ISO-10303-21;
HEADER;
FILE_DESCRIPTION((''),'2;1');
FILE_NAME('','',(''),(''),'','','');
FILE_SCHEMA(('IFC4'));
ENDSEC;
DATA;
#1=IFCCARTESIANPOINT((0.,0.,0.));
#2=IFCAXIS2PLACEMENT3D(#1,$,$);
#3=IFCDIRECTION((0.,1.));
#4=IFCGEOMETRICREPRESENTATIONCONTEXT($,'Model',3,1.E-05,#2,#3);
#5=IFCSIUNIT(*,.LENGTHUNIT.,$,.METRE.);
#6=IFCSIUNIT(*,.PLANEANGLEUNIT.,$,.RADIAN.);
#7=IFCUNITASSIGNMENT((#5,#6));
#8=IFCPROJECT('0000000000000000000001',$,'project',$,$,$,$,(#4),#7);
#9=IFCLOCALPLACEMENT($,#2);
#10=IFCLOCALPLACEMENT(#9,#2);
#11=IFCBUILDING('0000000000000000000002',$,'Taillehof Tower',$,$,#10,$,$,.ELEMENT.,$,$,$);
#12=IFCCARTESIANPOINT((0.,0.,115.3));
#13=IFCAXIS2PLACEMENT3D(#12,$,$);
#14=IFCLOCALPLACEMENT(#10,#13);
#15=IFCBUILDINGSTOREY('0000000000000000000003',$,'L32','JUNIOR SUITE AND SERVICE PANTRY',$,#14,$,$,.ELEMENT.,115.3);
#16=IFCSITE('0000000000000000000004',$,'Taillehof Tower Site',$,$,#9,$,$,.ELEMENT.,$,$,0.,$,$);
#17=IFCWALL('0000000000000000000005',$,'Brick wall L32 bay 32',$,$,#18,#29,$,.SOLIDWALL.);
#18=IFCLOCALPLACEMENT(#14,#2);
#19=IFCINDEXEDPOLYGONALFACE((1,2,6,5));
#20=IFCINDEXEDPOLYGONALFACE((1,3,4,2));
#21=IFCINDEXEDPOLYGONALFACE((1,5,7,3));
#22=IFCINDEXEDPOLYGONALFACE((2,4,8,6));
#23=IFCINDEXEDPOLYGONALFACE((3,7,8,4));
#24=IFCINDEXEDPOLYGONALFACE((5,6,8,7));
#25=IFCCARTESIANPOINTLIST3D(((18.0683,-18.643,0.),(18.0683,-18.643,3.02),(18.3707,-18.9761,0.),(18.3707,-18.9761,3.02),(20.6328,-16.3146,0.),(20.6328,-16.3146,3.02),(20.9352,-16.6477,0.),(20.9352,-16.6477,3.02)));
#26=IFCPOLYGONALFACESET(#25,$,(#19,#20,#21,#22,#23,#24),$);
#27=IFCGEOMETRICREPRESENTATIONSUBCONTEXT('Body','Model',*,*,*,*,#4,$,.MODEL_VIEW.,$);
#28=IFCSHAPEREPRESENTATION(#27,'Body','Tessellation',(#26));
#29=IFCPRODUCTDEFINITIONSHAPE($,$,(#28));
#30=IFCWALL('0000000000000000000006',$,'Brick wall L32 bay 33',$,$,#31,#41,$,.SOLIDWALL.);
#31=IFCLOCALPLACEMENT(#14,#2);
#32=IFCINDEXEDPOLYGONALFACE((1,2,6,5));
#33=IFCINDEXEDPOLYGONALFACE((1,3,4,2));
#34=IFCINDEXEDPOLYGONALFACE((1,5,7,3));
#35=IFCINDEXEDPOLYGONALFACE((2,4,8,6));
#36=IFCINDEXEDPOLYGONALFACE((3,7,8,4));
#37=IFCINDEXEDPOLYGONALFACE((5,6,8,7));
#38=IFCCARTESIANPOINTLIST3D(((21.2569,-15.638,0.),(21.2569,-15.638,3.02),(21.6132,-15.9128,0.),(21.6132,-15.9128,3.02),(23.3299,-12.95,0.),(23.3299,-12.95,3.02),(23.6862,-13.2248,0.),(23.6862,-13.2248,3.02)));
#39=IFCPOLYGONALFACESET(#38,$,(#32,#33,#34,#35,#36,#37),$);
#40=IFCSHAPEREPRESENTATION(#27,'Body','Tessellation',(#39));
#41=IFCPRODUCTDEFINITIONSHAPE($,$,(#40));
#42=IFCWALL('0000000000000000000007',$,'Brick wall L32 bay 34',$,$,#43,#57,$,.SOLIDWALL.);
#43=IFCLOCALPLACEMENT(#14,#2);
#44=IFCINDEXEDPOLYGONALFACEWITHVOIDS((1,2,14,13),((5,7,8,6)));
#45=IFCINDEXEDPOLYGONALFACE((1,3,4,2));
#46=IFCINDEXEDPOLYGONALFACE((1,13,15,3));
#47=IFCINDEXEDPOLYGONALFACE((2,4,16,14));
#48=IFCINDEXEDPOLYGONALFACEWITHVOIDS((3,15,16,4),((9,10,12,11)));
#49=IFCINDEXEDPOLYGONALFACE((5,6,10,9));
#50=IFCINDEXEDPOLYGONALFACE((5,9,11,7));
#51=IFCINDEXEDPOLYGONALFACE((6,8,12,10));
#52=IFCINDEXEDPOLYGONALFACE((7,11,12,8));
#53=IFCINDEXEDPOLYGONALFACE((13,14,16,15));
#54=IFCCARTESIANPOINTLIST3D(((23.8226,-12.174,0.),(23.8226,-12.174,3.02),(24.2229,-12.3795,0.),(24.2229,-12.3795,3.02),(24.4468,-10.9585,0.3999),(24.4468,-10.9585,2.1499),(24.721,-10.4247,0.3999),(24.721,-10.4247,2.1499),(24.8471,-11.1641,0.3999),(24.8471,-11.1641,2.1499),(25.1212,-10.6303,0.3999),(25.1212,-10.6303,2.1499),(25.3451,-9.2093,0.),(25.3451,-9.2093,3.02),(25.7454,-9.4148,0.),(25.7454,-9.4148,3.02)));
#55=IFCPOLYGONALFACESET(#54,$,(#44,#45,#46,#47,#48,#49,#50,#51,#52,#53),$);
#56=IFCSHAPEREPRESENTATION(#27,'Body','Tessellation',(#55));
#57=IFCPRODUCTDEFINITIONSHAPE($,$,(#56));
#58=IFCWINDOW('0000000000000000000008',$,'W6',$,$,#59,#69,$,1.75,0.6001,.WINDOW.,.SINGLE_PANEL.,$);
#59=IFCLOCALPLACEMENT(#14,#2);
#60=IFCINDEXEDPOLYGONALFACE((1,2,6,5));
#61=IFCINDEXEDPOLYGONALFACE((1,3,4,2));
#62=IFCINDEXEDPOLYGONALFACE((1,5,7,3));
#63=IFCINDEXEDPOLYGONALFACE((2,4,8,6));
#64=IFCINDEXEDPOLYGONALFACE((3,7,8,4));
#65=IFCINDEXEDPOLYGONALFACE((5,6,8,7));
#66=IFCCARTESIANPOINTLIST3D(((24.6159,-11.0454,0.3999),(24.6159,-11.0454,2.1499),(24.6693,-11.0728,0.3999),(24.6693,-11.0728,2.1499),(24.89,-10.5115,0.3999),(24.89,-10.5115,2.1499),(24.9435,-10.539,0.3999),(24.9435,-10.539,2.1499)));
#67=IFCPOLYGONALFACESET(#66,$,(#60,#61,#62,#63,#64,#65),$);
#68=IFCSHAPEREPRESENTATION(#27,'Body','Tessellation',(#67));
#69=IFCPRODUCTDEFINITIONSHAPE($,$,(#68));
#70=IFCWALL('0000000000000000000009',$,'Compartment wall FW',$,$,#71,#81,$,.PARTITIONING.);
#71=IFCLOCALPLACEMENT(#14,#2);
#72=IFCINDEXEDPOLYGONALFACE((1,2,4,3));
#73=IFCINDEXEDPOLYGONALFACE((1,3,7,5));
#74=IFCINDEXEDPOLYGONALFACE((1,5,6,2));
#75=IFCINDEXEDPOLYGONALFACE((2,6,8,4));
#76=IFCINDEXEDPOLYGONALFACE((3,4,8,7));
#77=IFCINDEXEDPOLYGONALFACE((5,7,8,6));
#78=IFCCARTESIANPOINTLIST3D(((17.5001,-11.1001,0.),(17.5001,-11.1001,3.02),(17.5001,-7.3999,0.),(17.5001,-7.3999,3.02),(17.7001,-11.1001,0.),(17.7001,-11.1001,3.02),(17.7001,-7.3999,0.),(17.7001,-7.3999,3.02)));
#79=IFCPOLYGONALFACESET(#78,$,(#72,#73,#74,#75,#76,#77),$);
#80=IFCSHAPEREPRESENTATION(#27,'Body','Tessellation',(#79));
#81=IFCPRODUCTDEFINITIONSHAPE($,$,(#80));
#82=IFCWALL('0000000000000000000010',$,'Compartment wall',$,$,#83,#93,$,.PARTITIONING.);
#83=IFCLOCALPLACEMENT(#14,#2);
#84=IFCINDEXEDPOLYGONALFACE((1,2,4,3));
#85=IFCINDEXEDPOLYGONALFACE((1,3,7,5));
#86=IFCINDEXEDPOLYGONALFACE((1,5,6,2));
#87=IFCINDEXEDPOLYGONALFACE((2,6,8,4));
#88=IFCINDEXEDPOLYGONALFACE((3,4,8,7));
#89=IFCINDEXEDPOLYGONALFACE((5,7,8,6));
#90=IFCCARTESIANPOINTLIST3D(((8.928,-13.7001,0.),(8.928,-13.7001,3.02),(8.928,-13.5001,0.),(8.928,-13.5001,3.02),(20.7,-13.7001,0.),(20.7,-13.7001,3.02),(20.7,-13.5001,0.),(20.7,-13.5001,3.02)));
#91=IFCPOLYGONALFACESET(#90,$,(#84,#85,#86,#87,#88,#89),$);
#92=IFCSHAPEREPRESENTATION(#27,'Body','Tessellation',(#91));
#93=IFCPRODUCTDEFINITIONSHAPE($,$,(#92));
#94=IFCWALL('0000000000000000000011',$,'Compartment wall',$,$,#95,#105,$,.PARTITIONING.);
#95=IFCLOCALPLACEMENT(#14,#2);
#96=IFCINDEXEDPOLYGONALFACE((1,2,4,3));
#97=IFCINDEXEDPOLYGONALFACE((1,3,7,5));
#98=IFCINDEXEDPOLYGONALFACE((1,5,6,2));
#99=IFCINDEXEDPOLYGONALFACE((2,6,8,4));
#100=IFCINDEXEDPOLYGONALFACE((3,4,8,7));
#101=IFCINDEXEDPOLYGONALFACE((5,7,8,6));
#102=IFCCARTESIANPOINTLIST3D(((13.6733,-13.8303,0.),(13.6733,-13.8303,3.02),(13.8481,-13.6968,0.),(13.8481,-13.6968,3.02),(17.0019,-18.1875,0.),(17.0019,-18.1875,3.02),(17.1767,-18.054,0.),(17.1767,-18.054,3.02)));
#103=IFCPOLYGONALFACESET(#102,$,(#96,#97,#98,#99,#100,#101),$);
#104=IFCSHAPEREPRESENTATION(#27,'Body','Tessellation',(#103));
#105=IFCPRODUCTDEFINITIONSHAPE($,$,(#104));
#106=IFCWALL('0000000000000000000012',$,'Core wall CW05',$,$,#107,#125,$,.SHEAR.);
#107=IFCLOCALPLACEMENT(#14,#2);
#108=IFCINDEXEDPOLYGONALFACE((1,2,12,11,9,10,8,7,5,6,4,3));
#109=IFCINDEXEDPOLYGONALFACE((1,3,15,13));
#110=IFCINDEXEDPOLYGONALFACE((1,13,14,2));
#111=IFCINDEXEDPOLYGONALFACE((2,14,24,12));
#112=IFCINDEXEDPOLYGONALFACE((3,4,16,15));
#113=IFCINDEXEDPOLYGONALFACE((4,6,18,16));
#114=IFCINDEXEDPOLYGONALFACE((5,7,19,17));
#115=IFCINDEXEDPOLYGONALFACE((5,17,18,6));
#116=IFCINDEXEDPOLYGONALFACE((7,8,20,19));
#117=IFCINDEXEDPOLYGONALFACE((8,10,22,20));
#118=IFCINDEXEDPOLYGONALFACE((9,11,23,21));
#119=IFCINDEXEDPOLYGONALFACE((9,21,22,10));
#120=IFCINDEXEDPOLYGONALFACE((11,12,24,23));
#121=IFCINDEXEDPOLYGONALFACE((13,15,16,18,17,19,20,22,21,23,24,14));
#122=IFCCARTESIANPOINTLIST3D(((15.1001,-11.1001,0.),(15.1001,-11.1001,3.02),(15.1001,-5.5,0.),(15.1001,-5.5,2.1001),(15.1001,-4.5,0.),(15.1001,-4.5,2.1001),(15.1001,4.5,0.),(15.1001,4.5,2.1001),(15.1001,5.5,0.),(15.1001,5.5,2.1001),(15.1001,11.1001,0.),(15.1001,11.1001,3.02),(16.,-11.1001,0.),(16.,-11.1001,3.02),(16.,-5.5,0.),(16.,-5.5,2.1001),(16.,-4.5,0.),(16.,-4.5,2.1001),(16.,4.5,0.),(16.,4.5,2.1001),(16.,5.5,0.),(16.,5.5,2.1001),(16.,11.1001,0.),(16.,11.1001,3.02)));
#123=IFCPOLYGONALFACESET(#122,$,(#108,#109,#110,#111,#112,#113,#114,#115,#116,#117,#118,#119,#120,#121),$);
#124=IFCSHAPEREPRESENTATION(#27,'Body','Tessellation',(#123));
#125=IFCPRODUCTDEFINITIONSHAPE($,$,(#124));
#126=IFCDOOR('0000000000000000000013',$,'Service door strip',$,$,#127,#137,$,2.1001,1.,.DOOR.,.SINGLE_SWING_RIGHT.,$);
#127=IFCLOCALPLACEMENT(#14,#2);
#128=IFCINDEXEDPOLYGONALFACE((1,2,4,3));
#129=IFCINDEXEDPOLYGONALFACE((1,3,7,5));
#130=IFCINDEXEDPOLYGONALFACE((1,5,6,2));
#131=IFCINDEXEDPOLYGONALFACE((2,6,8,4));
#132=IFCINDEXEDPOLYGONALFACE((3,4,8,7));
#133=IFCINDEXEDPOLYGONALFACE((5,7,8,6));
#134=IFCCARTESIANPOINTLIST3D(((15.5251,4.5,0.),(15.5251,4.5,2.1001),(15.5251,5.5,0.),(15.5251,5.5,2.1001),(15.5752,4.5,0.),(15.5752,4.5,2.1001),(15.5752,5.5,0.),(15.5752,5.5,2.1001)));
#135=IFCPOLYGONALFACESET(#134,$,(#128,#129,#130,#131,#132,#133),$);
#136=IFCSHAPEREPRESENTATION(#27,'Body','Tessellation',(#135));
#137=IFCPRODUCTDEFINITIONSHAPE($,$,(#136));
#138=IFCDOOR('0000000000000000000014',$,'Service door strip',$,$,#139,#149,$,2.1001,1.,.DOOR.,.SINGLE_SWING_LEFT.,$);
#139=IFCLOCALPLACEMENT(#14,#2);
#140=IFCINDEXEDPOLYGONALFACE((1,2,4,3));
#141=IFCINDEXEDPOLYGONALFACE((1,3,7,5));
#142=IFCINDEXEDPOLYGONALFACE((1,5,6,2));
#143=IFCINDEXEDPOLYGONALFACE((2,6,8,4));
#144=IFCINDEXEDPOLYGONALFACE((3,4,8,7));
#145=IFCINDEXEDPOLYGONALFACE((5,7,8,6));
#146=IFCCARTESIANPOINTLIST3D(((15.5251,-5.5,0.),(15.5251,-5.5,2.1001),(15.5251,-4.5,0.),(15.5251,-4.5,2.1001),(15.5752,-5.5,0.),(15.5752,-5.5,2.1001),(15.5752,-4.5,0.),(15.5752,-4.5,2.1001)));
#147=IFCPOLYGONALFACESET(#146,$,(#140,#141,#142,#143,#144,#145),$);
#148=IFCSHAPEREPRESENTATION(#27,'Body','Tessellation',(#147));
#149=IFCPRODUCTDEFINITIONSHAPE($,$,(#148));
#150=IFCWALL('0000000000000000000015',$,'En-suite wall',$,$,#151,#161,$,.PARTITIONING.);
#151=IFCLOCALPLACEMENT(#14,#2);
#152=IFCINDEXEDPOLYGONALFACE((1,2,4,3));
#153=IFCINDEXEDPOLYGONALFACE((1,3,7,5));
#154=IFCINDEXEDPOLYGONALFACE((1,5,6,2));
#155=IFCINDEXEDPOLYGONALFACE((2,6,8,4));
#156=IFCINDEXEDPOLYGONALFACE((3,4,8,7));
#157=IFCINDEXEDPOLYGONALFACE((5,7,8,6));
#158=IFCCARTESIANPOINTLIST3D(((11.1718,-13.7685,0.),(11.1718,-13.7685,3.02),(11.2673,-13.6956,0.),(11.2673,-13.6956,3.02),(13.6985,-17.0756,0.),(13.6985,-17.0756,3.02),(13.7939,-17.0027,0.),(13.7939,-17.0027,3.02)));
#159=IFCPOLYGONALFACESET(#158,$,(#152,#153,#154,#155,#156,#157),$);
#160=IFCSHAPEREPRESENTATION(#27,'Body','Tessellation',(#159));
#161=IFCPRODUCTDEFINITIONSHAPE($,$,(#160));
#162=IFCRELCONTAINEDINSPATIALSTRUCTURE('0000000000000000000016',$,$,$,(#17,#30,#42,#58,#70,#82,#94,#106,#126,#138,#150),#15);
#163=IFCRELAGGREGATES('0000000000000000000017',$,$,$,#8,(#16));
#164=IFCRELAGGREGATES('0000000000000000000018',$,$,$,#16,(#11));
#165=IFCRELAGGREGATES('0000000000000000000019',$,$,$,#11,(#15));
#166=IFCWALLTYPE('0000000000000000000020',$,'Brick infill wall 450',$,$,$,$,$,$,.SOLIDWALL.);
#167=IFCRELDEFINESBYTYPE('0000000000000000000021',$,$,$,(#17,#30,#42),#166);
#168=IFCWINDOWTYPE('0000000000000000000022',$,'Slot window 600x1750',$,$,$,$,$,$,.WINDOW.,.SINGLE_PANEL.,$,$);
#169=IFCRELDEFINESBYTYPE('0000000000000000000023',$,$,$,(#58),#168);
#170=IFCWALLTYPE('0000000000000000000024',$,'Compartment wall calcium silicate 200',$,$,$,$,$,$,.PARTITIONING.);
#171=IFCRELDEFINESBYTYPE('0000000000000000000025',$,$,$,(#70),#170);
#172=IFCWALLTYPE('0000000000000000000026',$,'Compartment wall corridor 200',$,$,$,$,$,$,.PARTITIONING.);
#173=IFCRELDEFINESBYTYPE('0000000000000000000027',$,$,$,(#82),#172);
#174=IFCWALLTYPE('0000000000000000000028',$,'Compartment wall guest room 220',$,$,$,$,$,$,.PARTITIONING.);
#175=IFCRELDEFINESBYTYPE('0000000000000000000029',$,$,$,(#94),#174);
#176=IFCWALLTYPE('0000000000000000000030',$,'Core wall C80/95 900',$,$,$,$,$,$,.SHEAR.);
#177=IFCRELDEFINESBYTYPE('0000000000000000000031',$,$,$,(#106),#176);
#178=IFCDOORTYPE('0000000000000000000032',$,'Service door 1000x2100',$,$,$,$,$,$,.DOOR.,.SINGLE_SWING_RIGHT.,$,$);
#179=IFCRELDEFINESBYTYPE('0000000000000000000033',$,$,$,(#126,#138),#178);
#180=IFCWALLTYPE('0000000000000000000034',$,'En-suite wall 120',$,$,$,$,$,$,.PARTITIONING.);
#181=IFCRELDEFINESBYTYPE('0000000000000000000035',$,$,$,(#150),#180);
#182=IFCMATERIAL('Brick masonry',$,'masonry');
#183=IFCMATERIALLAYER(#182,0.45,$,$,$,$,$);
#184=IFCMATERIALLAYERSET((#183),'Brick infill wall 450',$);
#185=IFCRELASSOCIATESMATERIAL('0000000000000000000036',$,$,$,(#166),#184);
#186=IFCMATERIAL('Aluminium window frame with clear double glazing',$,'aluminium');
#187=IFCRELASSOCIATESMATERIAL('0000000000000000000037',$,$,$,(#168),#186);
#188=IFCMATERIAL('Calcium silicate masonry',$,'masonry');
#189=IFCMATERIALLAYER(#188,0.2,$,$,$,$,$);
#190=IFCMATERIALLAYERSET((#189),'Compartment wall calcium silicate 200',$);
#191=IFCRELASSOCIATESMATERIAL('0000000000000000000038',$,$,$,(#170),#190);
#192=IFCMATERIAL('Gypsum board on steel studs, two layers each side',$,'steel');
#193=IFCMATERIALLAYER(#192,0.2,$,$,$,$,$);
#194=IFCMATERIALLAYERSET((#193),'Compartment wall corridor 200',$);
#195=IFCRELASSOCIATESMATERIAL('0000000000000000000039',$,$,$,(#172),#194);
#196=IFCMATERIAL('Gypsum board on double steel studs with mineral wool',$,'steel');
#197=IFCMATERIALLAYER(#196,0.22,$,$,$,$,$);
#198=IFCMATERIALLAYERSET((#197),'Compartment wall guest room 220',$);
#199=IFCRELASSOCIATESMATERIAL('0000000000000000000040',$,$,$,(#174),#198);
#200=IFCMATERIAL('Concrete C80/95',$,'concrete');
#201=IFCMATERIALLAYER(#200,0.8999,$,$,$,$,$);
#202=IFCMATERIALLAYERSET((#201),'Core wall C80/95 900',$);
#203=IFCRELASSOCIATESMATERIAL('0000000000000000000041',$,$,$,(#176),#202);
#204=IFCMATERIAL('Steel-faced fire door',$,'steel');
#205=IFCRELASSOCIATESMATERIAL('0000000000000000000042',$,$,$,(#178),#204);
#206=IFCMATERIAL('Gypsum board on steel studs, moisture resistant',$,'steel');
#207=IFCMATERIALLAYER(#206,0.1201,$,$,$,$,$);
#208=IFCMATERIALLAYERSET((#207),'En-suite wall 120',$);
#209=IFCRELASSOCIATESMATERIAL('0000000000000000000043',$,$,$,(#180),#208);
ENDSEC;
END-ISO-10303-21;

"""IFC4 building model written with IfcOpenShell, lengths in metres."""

from ifc_helpers import new_model, si_unit, direction, frame, frame_2d, origin, place, context, subcontext, project, spatial, rectangle, extrude, material, layer, layer_set, type_object, element, fill, save


model = new_model("IFC4")

# Units and contexts
model_context = context("Model", 3, precision=1e-05, world=origin(), true_north=direction((0.0, 1.0)))
body_context = subcontext(model_context, "Body", "Model", "MODEL_VIEW")
ifc_project = project(units=[si_unit("LENGTHUNIT", "METRE"), si_unit("PLANEANGLEUNIT", "RADIAN")], contexts=[model_context])

# Site, building, storey
site_placement = place(None, origin())
site = spatial("IfcSite", under=ifc_project, at=site_placement, Name="Taillehof Tower Site", CompositionType="ELEMENT", RefElevation=0.0)
building_placement = place(site_placement, origin())
building = spatial("IfcBuilding", under=site, at=building_placement, Name="Taillehof Tower", CompositionType="ELEMENT")
storey_placement = place(building_placement, frame((0.0, 0.0, 115.3)))
storey = spatial("IfcBuildingStorey", under=building, at=storey_placement, Name="L32", Description="JUNIOR SUITE AND SERVICE PANTRY", CompositionType="ELEMENT", Elevation=115.3)

# Shared definitions
ifc_material_1 = material(Name="Brick masonry", Category="masonry")
ifc_layer_1 = layer(ifc_material_1, 0.45)
ifc_layer_set_1 = layer_set([ifc_layer_1], Name="Brick infill wall 450")
wall_type_1 = type_object("IfcWallType", Name="Brick infill wall 450", PredefinedType="SOLIDWALL", material=ifc_layer_set_1)

# Walls
wall_1_placement = place(storey_placement, frame((18.2195, -18.8096, 0.0), z_axis=(0.0, 0.0, 1.0), x_axis=(0.740364, 0.672206, 0.0)))
element("IfcWall", 1, at=wall_1_placement, inside=storey, type_object=wall_type_1, Name="Brick wall L32 bay 32", PredefinedType="SOLIDWALL", context=body_context, shape_type="SweptSolid", body=[
    extrude(rectangle(XDim=3.4639, YDim=0.45, at=frame_2d((1.7319, 0.0))), origin(), (0.0, 0.0, 1.0), 3.02),
])
wall_2_placement = place(storey_placement, frame((21.4351, -15.7754, 0.0), z_axis=(0.0, 0.0, 1.0), x_axis=(0.610694, 0.791867, 0.0)))
element("IfcWall", 2, at=wall_2_placement, inside=storey, type_object=wall_type_1, Name="Brick wall L32 bay 33", PredefinedType="SOLIDWALL", context=body_context, shape_type="SweptSolid", body=[
    extrude(rectangle(XDim=3.3945, YDim=0.45, at=frame_2d((1.6973, 0.0))), origin(), (0.0, 0.0, 1.0), 3.02),
])

# Wall, opening, window
wall_3_placement = place(storey_placement, frame((24.0227, -12.2769, 0.0), z_axis=(0.0, 0.0, 1.0), x_axis=(0.456828, 0.889555, 0.0)))
wall_3 = element("IfcWall", 3, at=wall_3_placement, inside=storey, type_object=wall_type_1, Name="Brick wall L32 bay 34", PredefinedType="SOLIDWALL", context=body_context, shape_type="SweptSolid", body=[
    extrude(rectangle(XDim=3.3328, YDim=0.45, at=frame_2d((1.6665, 0.0))), origin(), (0.0, 0.0, 1.0), 3.02),
])
opening_1_placement = place(wall_3_placement, frame((1.3665, 0.0, 0.3999)))
opening_1 = element("IfcOpeningElement", 4, at=opening_1_placement, cuts=wall_3, PredefinedType="OPENING", context=body_context, shape_type="SweptSolid", body=[
    extrude(rectangle(XDim=0.6001, YDim=1.75, at=frame_2d((0.3, 0.875))), frame((0.0, 0.2349, 0.0), z_axis=(0.0, -1.0, 0.0), x_axis=(1.0, 0.0, 0.0)), (0.0, 0.0, 1.0), 0.47),
])
ifc_material_2 = material(Name="Aluminium window frame with clear double glazing", Category="aluminium")
window_type_1 = type_object("IfcWindowType", Name="Slot window 600x1750", PartitioningType="SINGLE_PANEL", PredefinedType="WINDOW", material=ifc_material_2)
window_1_placement = place(opening_1_placement, origin())
window_1 = element("IfcWindow", 5, at=window_1_placement, inside=storey, type_object=window_type_1, Name="W6", OverallHeight=1.75, OverallWidth=0.6001, PartitioningType="SINGLE_PANEL", PredefinedType="WINDOW", context=body_context, shape_type="SweptSolid", body=[
    extrude(rectangle(XDim=0.6001, YDim=1.75, at=frame_2d((0.3, 0.875))), frame((0.0, 0.0349, 0.0), z_axis=(0.0, -1.0, 0.0), x_axis=(1.0, 0.0, 0.0)), (0.0, 0.0, 1.0), 0.0601),
])
fill(opening_1, window_1)

# Walls
ifc_material_3 = material(Name="Calcium silicate masonry", Category="masonry")
ifc_layer_2 = layer(ifc_material_3, 0.2)
ifc_layer_set_2 = layer_set([ifc_layer_2], Name="Compartment wall calcium silicate 200")
wall_type_2 = type_object("IfcWallType", Name="Compartment wall calcium silicate 200", PredefinedType="PARTITIONING", material=ifc_layer_set_2)
wall_4_placement = place(storey_placement, frame((17.6001, -11.1001, 0.0), z_axis=(0.0, 0.0, 1.0), x_axis=(0.0, 1.0, 0.0)))
element("IfcWall", 6, at=wall_4_placement, inside=storey, type_object=wall_type_2, Name="Compartment wall FW", PredefinedType="PARTITIONING", context=body_context, shape_type="SweptSolid", body=[
    extrude(rectangle(XDim=3.7002, YDim=0.2, at=frame_2d((1.8501, 0.0))), origin(), (0.0, 0.0, 1.0), 3.02),
])
ifc_material_4 = material(Name="Gypsum board on steel studs, two layers each side", Category="steel")
ifc_layer_3 = layer(ifc_material_4, 0.2)
ifc_layer_set_3 = layer_set([ifc_layer_3], Name="Compartment wall corridor 200")
wall_type_3 = type_object("IfcWallType", Name="Compartment wall corridor 200", PredefinedType="PARTITIONING", material=ifc_layer_set_3)
wall_5_placement = place(storey_placement, frame((20.7, -13.6001, 0.0), z_axis=(0.0, 0.0, 1.0), x_axis=(-1.0, 0.0, 0.0)))
element("IfcWall", 7, at=wall_5_placement, inside=storey, type_object=wall_type_3, Name="Compartment wall", PredefinedType="PARTITIONING", context=body_context, shape_type="SweptSolid", body=[
    extrude(rectangle(XDim=11.772, YDim=0.2, at=frame_2d((5.886, 0.0))), origin(), (0.0, 0.0, 1.0), 3.02),
])
ifc_material_5 = material(Name="Gypsum board on double steel studs with mineral wool", Category="steel")
ifc_layer_4 = layer(ifc_material_5, 0.22)
ifc_layer_set_4 = layer_set([ifc_layer_4], Name="Compartment wall guest room 220")
wall_type_4 = type_object("IfcWallType", Name="Compartment wall guest room 220", PredefinedType="PARTITIONING", material=ifc_layer_set_4)
wall_6_placement = place(storey_placement, frame((17.0894, -18.1208, 0.0), z_axis=(0.0, 0.0, 1.0), x_axis=(-0.607065, 0.794652, 0.0)))
element("IfcWall", 8, at=wall_6_placement, inside=storey, type_object=wall_type_4, Name="Compartment wall", PredefinedType="PARTITIONING", context=body_context, shape_type="SweptSolid", body=[
    extrude(rectangle(XDim=5.4832, YDim=0.22, at=frame_2d((2.7417, 0.0))), origin(), (0.0, 0.0, 1.0), 3.02),
])

# Wall, openings, doors
ifc_material_6 = material(Name="Concrete C80/95", Category="concrete")
ifc_layer_5 = layer(ifc_material_6, 0.8999)
ifc_layer_set_5 = layer_set([ifc_layer_5], Name="Core wall C80/95 900")
wall_type_5 = type_object("IfcWallType", Name="Core wall C80/95 900", PredefinedType="SHEAR", material=ifc_layer_set_5)
wall_7_placement = place(storey_placement, frame((15.55, -11.1001, 0.0), z_axis=(0.0, 0.0, 1.0), x_axis=(0.0, 1.0, 0.0)))
wall_7 = element("IfcWall", 9, at=wall_7_placement, inside=storey, type_object=wall_type_5, Name="Core wall CW05", PredefinedType="SHEAR", context=body_context, shape_type="SweptSolid", body=[
    extrude(rectangle(XDim=22.2002, YDim=0.8999, at=frame_2d((11.1001, 0.0))), origin(), (0.0, 0.0, 1.0), 3.02),
])
opening_2_placement = place(wall_7_placement, frame((15.6001, 0.0, 0.0)))
opening_2 = element("IfcOpeningElement", 10, at=opening_2_placement, cuts=wall_7, PredefinedType="OPENING", context=body_context, shape_type="SweptSolid", body=[
    extrude(rectangle(XDim=1.0, YDim=2.1001, at=frame_2d((0.5, 1.05))), frame((0.0, 0.46, 0.0), z_axis=(0.0, -1.0, 0.0), x_axis=(1.0, 0.0, 0.0)), (0.0, 0.0, 1.0), 0.9199),
])
opening_3_placement = place(wall_7_placement, frame((5.6001, 0.0, 0.0)))
opening_3 = element("IfcOpeningElement", 11, at=opening_3_placement, cuts=wall_7, PredefinedType="OPENING", context=body_context, shape_type="SweptSolid", body=[
    extrude(rectangle(XDim=1.0, YDim=2.1001, at=frame_2d((0.5, 1.05))), frame((0.0, 0.46, 0.0), z_axis=(0.0, -1.0, 0.0), x_axis=(1.0, 0.0, 0.0)), (0.0, 0.0, 1.0), 0.9199),
])
ifc_material_7 = material(Name="Steel-faced fire door", Category="steel")
door_type_1 = type_object("IfcDoorType", Name="Service door 1000x2100", OperationType="SINGLE_SWING_RIGHT", PredefinedType="DOOR", material=ifc_material_7)
door_1_placement = place(opening_2_placement, origin())
door_1 = element("IfcDoor", 12, at=door_1_placement, inside=storey, type_object=door_type_1, Name="Service door strip", OperationType="SINGLE_SWING_RIGHT", OverallHeight=2.1001, OverallWidth=1.0, PredefinedType="DOOR", context=body_context, shape_type="SweptSolid", body=[
    extrude(rectangle(XDim=1.0, YDim=2.1001, at=frame_2d((0.5, 1.05))), frame((0.0, 0.0249, 0.0), z_axis=(0.0, -1.0, 0.0), x_axis=(1.0, 0.0, 0.0)), (0.0, 0.0, 1.0), 0.05),
])
fill(opening_2, door_1)
door_2_placement = place(opening_3_placement, origin())
door_2 = element("IfcDoor", 13, at=door_2_placement, inside=storey, type_object=door_type_1, Name="Service door strip", OperationType="SINGLE_SWING_LEFT", OverallHeight=2.1001, OverallWidth=1.0, PredefinedType="DOOR", context=body_context, shape_type="SweptSolid", body=[
    extrude(rectangle(XDim=1.0, YDim=2.1001, at=frame_2d((0.5, 1.05))), frame((0.0, 0.0249, 0.0), z_axis=(0.0, -1.0, 0.0), x_axis=(1.0, 0.0, 0.0)), (0.0, 0.0, 1.0), 0.05),
])
fill(opening_3, door_2)

# Wall
ifc_material_8 = material(Name="Gypsum board on steel studs, moisture resistant", Category="steel")
ifc_layer_6 = layer(ifc_material_8, 0.1201)
ifc_layer_set_6 = layer_set([ifc_layer_6], Name="En-suite wall 120")
wall_type_6 = type_object("IfcWallType", Name="En-suite wall 120", PredefinedType="PARTITIONING", material=ifc_layer_set_6)
wall_8_placement = place(storey_placement, frame((11.2195, -13.7319, 0.0), z_axis=(0.0, 0.0, 1.0), x_axis=(0.607091, -0.794632, 0.0)))
element("IfcWall", 14, at=wall_8_placement, inside=storey, type_object=wall_type_6, Name="En-suite wall", PredefinedType="PARTITIONING", context=body_context, shape_type="SweptSolid", body=[
    extrude(rectangle(XDim=4.1619, YDim=0.1201, at=frame_2d((2.0811, 0.0))), origin(), (0.0, 0.0, 1.0), 3.02),
])

save(model, "model.ifc")
